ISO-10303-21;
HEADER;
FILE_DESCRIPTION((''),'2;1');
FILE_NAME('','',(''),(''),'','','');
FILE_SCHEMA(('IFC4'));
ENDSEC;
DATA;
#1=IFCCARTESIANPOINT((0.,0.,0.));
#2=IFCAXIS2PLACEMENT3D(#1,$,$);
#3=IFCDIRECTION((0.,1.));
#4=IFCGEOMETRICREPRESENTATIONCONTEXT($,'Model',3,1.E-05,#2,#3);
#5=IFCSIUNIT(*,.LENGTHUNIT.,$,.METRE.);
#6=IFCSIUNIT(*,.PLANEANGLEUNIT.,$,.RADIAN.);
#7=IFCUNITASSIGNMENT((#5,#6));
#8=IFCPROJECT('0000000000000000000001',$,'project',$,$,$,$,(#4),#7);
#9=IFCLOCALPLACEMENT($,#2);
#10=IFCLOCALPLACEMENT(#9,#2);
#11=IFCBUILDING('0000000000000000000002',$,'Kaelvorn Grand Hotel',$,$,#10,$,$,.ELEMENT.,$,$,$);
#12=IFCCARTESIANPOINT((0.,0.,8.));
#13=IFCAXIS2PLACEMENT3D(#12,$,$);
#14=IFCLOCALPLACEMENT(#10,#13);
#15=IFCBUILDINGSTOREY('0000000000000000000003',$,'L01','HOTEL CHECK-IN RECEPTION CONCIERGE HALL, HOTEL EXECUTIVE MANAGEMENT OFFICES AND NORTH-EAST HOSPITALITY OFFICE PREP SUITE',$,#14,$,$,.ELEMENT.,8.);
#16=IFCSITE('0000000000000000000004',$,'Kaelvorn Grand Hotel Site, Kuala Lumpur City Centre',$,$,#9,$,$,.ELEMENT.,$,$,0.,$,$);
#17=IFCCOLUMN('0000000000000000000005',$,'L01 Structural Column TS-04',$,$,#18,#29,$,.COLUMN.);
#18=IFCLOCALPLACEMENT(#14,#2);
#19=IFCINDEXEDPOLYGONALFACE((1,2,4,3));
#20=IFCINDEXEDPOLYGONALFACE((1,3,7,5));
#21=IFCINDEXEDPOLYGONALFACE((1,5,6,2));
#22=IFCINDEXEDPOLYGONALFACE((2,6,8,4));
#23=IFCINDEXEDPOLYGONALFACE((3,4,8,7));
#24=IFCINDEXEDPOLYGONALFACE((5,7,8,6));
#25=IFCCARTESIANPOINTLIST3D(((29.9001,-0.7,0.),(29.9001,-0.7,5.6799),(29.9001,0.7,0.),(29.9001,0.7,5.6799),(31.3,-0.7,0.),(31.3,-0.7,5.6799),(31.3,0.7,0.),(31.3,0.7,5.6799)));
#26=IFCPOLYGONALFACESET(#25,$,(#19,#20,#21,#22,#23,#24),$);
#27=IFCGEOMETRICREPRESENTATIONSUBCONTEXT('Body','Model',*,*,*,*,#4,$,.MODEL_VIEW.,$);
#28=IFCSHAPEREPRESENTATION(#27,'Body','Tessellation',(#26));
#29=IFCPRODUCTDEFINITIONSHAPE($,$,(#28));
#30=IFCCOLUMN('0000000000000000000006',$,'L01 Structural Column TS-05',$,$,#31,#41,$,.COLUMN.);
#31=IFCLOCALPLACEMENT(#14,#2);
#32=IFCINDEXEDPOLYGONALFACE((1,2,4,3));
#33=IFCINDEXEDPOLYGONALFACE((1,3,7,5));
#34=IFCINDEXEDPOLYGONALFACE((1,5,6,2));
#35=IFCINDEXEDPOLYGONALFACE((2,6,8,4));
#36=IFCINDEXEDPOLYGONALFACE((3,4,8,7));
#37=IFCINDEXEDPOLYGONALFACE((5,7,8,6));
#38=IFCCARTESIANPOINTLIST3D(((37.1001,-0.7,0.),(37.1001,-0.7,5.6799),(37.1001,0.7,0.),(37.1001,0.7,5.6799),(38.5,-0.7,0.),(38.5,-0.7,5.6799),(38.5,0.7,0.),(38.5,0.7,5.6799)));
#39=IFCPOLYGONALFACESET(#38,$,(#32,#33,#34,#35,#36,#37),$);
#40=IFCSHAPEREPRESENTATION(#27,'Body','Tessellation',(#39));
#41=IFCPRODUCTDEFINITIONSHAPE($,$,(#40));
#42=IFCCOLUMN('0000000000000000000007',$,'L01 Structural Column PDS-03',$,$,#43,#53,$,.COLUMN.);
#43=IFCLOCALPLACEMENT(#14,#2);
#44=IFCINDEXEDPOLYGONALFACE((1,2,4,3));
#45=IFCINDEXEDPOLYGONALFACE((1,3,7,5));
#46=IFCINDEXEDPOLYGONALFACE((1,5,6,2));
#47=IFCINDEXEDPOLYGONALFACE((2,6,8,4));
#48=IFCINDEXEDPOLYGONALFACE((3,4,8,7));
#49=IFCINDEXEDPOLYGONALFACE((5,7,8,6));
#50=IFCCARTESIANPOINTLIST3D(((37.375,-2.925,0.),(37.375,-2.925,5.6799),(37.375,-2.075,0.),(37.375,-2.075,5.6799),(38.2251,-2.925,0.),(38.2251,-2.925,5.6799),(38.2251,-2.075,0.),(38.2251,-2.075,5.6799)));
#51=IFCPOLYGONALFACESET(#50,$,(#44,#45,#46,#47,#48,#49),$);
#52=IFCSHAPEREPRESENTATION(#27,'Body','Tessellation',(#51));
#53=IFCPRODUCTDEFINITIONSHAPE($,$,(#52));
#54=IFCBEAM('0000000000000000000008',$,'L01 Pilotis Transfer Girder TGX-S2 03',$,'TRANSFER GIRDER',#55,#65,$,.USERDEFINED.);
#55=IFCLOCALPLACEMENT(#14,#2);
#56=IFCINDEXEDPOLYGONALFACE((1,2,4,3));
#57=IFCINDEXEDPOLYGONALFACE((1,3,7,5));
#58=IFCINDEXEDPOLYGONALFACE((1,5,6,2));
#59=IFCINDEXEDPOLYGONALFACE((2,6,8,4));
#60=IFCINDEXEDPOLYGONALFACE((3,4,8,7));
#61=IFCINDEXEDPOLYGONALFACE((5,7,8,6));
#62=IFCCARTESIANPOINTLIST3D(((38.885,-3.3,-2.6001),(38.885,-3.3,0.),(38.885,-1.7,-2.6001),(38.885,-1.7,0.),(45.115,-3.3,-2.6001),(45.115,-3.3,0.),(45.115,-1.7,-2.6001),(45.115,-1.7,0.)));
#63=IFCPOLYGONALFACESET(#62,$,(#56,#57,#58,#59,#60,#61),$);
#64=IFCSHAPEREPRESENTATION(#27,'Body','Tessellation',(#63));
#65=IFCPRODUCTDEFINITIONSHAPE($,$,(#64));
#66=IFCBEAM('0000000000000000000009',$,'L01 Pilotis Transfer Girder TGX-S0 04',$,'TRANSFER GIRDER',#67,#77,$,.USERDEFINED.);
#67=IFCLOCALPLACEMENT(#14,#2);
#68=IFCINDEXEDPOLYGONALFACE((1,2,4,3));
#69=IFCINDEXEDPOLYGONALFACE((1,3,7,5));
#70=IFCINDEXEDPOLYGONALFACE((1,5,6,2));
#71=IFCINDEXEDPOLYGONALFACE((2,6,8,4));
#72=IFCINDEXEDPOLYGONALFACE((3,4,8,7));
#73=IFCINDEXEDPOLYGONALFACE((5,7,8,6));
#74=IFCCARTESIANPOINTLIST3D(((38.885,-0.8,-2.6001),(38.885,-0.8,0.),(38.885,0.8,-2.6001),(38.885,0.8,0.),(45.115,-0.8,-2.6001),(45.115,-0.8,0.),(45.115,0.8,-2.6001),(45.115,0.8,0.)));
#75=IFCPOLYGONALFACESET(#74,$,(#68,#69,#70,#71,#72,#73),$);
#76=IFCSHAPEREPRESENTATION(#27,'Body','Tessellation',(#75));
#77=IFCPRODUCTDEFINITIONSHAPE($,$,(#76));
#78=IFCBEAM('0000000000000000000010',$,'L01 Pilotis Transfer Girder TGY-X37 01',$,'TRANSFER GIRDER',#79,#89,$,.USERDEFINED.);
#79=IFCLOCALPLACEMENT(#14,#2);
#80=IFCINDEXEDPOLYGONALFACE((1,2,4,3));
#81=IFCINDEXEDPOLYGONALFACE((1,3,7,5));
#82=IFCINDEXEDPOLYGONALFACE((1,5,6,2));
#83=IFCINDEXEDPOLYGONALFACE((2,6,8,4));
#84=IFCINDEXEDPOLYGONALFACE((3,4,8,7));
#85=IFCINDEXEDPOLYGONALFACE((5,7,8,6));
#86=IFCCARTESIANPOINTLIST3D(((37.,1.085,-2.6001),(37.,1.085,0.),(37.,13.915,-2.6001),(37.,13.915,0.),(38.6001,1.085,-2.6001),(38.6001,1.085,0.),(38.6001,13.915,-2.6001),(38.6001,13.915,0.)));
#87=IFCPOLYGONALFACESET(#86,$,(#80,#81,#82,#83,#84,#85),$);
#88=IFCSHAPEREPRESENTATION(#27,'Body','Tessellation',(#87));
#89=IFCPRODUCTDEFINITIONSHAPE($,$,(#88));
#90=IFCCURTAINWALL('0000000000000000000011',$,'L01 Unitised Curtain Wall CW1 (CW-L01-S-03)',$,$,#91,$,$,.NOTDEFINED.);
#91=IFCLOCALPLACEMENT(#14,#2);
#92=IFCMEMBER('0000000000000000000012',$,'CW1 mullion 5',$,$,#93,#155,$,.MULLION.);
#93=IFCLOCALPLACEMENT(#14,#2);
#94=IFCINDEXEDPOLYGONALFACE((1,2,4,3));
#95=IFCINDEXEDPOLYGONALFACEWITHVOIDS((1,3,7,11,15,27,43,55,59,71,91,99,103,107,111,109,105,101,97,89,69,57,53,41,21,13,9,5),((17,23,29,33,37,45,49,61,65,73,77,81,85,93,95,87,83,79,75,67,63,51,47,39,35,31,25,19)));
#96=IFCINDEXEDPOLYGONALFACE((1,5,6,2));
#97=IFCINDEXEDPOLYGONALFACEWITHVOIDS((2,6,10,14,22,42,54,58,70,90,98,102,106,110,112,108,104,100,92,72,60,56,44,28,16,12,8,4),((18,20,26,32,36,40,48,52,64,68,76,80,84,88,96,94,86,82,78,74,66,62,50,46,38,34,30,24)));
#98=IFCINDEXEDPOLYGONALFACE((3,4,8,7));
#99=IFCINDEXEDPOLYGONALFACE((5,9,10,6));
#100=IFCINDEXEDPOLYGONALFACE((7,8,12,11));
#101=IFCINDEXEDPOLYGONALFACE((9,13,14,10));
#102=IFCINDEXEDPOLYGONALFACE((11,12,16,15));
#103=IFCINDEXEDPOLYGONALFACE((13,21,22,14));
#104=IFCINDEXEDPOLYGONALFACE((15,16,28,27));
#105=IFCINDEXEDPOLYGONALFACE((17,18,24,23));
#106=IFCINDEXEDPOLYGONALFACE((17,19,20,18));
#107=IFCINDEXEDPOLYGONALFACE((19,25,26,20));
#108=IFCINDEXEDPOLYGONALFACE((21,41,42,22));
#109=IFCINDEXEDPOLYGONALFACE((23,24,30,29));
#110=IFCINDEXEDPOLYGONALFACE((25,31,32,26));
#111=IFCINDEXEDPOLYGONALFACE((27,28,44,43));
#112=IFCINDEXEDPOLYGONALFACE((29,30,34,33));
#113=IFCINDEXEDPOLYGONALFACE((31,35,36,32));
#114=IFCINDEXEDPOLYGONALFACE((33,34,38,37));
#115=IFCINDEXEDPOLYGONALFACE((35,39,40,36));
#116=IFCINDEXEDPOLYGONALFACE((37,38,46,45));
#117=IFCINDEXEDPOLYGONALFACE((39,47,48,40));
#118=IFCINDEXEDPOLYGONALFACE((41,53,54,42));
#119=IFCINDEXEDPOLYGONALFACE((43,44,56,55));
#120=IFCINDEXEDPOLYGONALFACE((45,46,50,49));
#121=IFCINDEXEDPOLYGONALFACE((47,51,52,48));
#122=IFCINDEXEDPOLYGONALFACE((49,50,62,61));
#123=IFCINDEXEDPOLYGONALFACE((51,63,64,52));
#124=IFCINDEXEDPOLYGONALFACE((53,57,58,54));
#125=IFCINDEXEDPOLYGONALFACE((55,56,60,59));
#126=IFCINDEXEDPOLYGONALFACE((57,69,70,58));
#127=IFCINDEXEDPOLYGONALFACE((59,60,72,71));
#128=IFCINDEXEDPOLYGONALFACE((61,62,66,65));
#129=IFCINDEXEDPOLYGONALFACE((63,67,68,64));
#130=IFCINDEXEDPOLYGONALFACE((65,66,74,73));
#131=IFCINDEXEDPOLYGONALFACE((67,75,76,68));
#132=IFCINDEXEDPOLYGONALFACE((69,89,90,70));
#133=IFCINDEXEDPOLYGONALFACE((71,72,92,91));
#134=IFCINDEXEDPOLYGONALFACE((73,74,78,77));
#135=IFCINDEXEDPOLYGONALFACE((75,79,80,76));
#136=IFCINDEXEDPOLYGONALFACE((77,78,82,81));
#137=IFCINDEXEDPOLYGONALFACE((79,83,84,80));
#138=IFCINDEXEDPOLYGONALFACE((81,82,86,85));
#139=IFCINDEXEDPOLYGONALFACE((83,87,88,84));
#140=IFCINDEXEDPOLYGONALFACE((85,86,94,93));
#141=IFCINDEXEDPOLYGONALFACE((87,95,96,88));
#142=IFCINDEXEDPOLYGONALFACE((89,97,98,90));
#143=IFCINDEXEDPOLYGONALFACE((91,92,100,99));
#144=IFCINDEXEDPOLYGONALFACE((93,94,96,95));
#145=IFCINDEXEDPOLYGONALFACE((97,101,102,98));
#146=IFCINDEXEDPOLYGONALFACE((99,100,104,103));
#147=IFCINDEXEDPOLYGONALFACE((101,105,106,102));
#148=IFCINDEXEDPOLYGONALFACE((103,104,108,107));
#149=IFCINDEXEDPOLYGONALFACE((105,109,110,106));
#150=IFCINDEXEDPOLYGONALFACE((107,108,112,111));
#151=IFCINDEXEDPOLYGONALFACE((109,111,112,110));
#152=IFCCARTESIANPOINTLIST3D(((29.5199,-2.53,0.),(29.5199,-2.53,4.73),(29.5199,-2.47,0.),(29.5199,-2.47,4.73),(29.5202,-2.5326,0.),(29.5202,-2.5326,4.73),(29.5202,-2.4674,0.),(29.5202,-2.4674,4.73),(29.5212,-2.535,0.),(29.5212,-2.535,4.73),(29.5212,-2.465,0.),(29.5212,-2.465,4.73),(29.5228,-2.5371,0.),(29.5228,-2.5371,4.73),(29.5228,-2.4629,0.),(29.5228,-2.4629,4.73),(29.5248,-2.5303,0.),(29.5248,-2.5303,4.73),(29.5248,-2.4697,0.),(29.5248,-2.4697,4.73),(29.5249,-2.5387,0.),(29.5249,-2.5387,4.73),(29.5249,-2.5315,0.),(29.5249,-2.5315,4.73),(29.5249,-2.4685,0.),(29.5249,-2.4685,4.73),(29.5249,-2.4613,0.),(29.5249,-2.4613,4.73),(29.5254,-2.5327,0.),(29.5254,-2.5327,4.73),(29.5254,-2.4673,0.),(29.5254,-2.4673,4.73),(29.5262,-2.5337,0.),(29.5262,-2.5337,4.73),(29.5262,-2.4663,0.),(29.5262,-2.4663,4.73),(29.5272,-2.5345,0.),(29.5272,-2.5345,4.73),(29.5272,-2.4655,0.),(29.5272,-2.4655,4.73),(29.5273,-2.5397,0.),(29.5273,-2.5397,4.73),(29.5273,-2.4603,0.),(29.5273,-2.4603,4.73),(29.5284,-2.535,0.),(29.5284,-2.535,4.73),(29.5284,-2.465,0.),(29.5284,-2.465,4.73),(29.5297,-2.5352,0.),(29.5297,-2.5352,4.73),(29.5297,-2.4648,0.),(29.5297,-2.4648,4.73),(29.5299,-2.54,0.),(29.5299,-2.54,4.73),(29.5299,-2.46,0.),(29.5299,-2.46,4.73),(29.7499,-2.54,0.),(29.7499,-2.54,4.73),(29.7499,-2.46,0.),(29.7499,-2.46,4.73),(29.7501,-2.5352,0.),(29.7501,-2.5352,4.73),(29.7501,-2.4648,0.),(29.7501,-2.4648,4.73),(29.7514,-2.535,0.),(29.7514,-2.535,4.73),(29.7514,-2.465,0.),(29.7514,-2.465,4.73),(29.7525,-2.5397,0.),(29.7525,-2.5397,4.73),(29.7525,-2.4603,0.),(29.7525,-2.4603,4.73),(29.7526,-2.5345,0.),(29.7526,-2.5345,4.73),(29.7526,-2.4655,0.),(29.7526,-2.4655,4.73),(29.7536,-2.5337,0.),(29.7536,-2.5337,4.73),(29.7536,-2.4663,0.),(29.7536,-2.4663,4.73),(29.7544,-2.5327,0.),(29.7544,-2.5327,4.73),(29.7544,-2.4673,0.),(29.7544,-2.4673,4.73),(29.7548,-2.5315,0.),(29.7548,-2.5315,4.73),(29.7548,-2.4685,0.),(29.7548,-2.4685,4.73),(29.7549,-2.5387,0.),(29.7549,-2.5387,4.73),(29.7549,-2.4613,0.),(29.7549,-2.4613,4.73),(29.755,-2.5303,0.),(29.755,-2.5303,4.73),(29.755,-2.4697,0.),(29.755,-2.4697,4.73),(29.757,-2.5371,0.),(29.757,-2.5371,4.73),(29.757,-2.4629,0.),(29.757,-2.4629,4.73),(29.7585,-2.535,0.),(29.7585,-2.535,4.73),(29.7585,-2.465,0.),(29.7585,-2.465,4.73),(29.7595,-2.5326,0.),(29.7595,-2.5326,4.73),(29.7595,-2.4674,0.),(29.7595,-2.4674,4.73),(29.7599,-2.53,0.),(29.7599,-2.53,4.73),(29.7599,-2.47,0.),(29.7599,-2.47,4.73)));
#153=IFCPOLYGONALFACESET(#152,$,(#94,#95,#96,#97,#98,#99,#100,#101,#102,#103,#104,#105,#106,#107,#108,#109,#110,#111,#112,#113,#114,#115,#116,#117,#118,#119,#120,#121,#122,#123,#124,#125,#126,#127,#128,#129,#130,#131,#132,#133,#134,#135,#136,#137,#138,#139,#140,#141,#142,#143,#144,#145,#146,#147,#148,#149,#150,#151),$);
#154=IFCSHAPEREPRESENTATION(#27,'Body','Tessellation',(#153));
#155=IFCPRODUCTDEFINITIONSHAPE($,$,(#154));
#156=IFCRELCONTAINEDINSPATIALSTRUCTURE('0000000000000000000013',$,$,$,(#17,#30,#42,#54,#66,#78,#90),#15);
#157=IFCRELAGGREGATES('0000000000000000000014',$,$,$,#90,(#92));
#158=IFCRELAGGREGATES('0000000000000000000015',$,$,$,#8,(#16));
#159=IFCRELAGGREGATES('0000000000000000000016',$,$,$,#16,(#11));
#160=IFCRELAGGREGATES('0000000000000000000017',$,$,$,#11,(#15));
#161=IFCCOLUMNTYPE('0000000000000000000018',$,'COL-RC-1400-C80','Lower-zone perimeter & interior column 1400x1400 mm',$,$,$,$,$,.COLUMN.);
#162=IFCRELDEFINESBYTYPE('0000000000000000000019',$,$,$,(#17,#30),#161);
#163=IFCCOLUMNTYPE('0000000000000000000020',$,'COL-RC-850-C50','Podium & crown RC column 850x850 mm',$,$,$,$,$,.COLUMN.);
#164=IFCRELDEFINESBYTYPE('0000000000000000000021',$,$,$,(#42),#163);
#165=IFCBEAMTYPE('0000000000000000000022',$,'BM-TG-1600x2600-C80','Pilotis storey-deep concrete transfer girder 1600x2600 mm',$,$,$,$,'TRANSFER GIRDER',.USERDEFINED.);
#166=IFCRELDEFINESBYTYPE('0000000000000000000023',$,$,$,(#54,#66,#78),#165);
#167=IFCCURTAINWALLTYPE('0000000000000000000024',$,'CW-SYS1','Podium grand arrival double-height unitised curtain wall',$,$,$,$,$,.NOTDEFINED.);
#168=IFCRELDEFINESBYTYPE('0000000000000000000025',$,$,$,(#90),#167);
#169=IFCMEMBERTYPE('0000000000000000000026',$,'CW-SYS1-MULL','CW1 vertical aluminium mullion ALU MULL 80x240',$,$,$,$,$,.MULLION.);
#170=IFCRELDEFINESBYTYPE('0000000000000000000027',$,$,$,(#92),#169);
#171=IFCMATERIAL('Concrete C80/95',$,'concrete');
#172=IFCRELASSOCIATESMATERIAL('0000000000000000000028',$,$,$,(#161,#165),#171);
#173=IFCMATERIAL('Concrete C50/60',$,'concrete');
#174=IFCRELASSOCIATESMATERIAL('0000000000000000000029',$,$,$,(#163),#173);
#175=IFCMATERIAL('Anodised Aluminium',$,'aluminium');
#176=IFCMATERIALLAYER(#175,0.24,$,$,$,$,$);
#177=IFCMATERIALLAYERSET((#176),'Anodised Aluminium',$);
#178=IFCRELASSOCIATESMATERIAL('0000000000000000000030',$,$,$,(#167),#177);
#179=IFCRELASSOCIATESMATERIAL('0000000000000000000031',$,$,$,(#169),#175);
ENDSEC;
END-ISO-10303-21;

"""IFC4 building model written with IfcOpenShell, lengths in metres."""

from ifc_helpers import new_model, si_unit, direction, frame, origin, origin_2d, place, context, subcontext, project, spatial, rectangle, hollow_rectangle, extrude, material, layer, layer_set, material_profile, profile_set, type_object, element, aggregate, save


model = new_model("IFC4")

# Units and contexts
model_context = context("Model", 3, precision=1e-05, world=origin(), true_north=direction((0.0, 1.0)))
body_context = subcontext(model_context, "Body", "Model", "MODEL_VIEW")
ifc_project = project(units=[si_unit("LENGTHUNIT", "METRE"), si_unit("PLANEANGLEUNIT", "RADIAN")], contexts=[model_context])

# Site, building, storey
site_placement = place(None, origin())
site = spatial("IfcSite", under=ifc_project, at=site_placement, Name="Kaelvorn Grand Hotel Site, Kuala Lumpur City Centre", CompositionType="ELEMENT", RefElevation=0.0)
building_placement = place(site_placement, origin())
building = spatial("IfcBuilding", under=site, at=building_placement, Name="Kaelvorn Grand Hotel", CompositionType="ELEMENT")
storey_placement = place(building_placement, frame((0.0, 0.0, 8.0)))
storey = spatial("IfcBuildingStorey", under=building, at=storey_placement, Name="L01", Description="HOTEL CHECK-IN RECEPTION CONCIERGE HALL, HOTEL EXECUTIVE MANAGEMENT OFFICES AND NORTH-EAST HOSPITALITY OFFICE PREP SUITE", CompositionType="ELEMENT", Elevation=8.0)

# Columns
ifc_material_1 = material(Name="Concrete C80/95", Category="concrete")
ifc_material_profile_1 = material_profile(ifc_material_1, rectangle(XDim=1.3999, YDim=1.3999, at=origin_2d()), Name="RC COL 1400x1400")
ifc_profile_set_1 = profile_set([ifc_material_profile_1], Name="Concrete C80/95")
column_type_1 = type_object("IfcColumnType", Name="COL-RC-1400-C80", Description="Lower-zone perimeter & interior column 1400x1400 mm", PredefinedType="COLUMN", material=ifc_profile_set_1)
for number, where, z_axis, x_axis, name in (
    (1, (30.6001, 0.0, 0.0), (0.0, 0.0, 1.0), (1.0, 0.0, 0.0), "L01 Structural Column TS-04"),
    (2, (37.8, 0.0, 0.0), (0.0, 0.0, 1.0), (1.0, 0.0, 0.0), "L01 Structural Column TS-05"),
):
    element("IfcColumn", number, at=place(storey_placement, frame(where, z_axis=z_axis, x_axis=x_axis)), inside=storey, type_object=column_type_1, Name=name, PredefinedType="COLUMN", context=body_context, shape_type="SweptSolid", body=[
        extrude(rectangle(XDim=1.3999, YDim=1.3999, at=origin_2d()), origin(), (0.0, 0.0, 1.0), 5.6799),
    ])
ifc_material_2 = material(Name="Concrete C50/60", Category="concrete")
ifc_material_profile_2 = material_profile(ifc_material_2, rectangle(XDim=0.8501, YDim=0.8501, at=origin_2d()), Name="RC COL 850x850")
ifc_profile_set_2 = profile_set([ifc_material_profile_2], Name="Concrete C50/60")
column_type_2 = type_object("IfcColumnType", Name="COL-RC-850-C50", Description="Podium & crown RC column 850x850 mm", PredefinedType="COLUMN", material=ifc_profile_set_2)
column_placement = place(storey_placement, frame((37.8, -2.5, 0.0), z_axis=(0.0, 0.0, 1.0), x_axis=(1.0, 0.0, 0.0)))
element("IfcColumn", 3, at=column_placement, inside=storey, type_object=column_type_2, Name="L01 Structural Column PDS-03", PredefinedType="COLUMN", context=body_context, shape_type="SweptSolid", body=[
    extrude(rectangle(XDim=0.8501, YDim=0.8501, at=origin_2d()), origin(), (0.0, 0.0, 1.0), 5.6799),
])

# Beams
ifc_material_profile_3 = material_profile(ifc_material_1, rectangle(XDim=1.6001, YDim=2.6001, at=origin_2d()), Name="RC TG 1600x2600")
ifc_profile_set_3 = profile_set([ifc_material_profile_3], Name="Concrete C80/95")
beam_type = type_object("IfcBeamType", Name="BM-TG-1600x2600-C80", Description="Pilotis storey-deep concrete transfer girder 1600x2600 mm", ElementType="TRANSFER GIRDER", PredefinedType="USERDEFINED", material=ifc_profile_set_3)
for number, where, z_axis, x_axis, name in (
    (4, (38.885, -2.5, -1.3), (1.0, 0.0, 0.0), (0.0, 1.0, 0.0), "L01 Pilotis Transfer Girder TGX-S2 03"),
    (5, (38.885, 0.0, -1.3), (1.0, 0.0, 0.0), (0.0, 1.0, 0.0), "L01 Pilotis Transfer Girder TGX-S0 04"),
):
    element("IfcBeam", number, at=place(storey_placement, frame(where, z_axis=z_axis, x_axis=x_axis)), inside=storey, type_object=beam_type, Name=name, ObjectType="TRANSFER GIRDER", PredefinedType="USERDEFINED", context=body_context, shape_type="SweptSolid", body=[
        extrude(rectangle(XDim=1.6001, YDim=2.6001, at=origin_2d()), origin(), (0.0, 0.0, 1.0), 6.23),
    ])
beam_placement = place(storey_placement, frame((37.8, 1.085, -1.3), z_axis=(0.0, 1.0, 0.0), x_axis=(-1.0, 0.0, 0.0)))
element("IfcBeam", 6, at=beam_placement, inside=storey, type_object=beam_type, Name="L01 Pilotis Transfer Girder TGY-X37 01", ObjectType="TRANSFER GIRDER", PredefinedType="USERDEFINED", context=body_context, shape_type="SweptSolid", body=[
    extrude(rectangle(XDim=1.6001, YDim=2.6001, at=origin_2d()), origin(), (0.0, 0.0, 1.0), 12.8301),
])

# Curtain wall, member
ifc_material_3 = material(Name="Anodised Aluminium", Category="aluminium")
ifc_layer_1 = layer(ifc_material_3, 0.24)
ifc_layer_set_1 = layer_set([ifc_layer_1], Name="Anodised Aluminium")
curtain_wall_type = type_object("IfcCurtainWallType", Name="CW-SYS1", Description="Podium grand arrival double-height unitised curtain wall", PredefinedType="NOTDEFINED", material=ifc_layer_set_1)
curtain_wall_1_placement = place(storey_placement, origin())
curtain_wall_1 = element("IfcCurtainWall", 7, at=curtain_wall_1_placement, inside=storey, type_object=curtain_wall_type, Name="L01 Unitised Curtain Wall CW1 (CW-L01-S-03)", PredefinedType="NOTDEFINED")
ifc_material_profile_4 = material_profile(ifc_material_3, hollow_rectangle(XDim=0.0801, YDim=0.24, WallThickness=0.0049, InnerFilletRadius=0.0049, OuterFilletRadius=0.01, at=origin_2d()), Name="ALU MULL 80x240")
ifc_profile_set_4 = profile_set([ifc_material_profile_4], Name="Anodised Aluminium")
member_type_1 = type_object("IfcMemberType", Name="CW-SYS1-MULL", Description="CW1 vertical aluminium mullion ALU MULL 80x240", PredefinedType="MULLION", material=ifc_profile_set_4)
member_1_placement = place(storey_placement, frame((29.6399, -2.5, 0.0), z_axis=(0.0, 0.0, 1.0), x_axis=(0.0, 1.0, 0.0)))
member_1 = element("IfcMember", 8, at=member_1_placement, type_object=member_type_1, Name="CW1 mullion 5", PredefinedType="MULLION", context=body_context, shape_type="SweptSolid", body=[
    extrude(hollow_rectangle(XDim=0.0801, YDim=0.24, WallThickness=0.0049, InnerFilletRadius=0.0049, OuterFilletRadius=0.01, at=origin_2d()), origin(), (0.0, 0.0, 1.0), 4.73),
])
aggregate(curtain_wall_1, [member_1])

save(model, "model.ifc")
